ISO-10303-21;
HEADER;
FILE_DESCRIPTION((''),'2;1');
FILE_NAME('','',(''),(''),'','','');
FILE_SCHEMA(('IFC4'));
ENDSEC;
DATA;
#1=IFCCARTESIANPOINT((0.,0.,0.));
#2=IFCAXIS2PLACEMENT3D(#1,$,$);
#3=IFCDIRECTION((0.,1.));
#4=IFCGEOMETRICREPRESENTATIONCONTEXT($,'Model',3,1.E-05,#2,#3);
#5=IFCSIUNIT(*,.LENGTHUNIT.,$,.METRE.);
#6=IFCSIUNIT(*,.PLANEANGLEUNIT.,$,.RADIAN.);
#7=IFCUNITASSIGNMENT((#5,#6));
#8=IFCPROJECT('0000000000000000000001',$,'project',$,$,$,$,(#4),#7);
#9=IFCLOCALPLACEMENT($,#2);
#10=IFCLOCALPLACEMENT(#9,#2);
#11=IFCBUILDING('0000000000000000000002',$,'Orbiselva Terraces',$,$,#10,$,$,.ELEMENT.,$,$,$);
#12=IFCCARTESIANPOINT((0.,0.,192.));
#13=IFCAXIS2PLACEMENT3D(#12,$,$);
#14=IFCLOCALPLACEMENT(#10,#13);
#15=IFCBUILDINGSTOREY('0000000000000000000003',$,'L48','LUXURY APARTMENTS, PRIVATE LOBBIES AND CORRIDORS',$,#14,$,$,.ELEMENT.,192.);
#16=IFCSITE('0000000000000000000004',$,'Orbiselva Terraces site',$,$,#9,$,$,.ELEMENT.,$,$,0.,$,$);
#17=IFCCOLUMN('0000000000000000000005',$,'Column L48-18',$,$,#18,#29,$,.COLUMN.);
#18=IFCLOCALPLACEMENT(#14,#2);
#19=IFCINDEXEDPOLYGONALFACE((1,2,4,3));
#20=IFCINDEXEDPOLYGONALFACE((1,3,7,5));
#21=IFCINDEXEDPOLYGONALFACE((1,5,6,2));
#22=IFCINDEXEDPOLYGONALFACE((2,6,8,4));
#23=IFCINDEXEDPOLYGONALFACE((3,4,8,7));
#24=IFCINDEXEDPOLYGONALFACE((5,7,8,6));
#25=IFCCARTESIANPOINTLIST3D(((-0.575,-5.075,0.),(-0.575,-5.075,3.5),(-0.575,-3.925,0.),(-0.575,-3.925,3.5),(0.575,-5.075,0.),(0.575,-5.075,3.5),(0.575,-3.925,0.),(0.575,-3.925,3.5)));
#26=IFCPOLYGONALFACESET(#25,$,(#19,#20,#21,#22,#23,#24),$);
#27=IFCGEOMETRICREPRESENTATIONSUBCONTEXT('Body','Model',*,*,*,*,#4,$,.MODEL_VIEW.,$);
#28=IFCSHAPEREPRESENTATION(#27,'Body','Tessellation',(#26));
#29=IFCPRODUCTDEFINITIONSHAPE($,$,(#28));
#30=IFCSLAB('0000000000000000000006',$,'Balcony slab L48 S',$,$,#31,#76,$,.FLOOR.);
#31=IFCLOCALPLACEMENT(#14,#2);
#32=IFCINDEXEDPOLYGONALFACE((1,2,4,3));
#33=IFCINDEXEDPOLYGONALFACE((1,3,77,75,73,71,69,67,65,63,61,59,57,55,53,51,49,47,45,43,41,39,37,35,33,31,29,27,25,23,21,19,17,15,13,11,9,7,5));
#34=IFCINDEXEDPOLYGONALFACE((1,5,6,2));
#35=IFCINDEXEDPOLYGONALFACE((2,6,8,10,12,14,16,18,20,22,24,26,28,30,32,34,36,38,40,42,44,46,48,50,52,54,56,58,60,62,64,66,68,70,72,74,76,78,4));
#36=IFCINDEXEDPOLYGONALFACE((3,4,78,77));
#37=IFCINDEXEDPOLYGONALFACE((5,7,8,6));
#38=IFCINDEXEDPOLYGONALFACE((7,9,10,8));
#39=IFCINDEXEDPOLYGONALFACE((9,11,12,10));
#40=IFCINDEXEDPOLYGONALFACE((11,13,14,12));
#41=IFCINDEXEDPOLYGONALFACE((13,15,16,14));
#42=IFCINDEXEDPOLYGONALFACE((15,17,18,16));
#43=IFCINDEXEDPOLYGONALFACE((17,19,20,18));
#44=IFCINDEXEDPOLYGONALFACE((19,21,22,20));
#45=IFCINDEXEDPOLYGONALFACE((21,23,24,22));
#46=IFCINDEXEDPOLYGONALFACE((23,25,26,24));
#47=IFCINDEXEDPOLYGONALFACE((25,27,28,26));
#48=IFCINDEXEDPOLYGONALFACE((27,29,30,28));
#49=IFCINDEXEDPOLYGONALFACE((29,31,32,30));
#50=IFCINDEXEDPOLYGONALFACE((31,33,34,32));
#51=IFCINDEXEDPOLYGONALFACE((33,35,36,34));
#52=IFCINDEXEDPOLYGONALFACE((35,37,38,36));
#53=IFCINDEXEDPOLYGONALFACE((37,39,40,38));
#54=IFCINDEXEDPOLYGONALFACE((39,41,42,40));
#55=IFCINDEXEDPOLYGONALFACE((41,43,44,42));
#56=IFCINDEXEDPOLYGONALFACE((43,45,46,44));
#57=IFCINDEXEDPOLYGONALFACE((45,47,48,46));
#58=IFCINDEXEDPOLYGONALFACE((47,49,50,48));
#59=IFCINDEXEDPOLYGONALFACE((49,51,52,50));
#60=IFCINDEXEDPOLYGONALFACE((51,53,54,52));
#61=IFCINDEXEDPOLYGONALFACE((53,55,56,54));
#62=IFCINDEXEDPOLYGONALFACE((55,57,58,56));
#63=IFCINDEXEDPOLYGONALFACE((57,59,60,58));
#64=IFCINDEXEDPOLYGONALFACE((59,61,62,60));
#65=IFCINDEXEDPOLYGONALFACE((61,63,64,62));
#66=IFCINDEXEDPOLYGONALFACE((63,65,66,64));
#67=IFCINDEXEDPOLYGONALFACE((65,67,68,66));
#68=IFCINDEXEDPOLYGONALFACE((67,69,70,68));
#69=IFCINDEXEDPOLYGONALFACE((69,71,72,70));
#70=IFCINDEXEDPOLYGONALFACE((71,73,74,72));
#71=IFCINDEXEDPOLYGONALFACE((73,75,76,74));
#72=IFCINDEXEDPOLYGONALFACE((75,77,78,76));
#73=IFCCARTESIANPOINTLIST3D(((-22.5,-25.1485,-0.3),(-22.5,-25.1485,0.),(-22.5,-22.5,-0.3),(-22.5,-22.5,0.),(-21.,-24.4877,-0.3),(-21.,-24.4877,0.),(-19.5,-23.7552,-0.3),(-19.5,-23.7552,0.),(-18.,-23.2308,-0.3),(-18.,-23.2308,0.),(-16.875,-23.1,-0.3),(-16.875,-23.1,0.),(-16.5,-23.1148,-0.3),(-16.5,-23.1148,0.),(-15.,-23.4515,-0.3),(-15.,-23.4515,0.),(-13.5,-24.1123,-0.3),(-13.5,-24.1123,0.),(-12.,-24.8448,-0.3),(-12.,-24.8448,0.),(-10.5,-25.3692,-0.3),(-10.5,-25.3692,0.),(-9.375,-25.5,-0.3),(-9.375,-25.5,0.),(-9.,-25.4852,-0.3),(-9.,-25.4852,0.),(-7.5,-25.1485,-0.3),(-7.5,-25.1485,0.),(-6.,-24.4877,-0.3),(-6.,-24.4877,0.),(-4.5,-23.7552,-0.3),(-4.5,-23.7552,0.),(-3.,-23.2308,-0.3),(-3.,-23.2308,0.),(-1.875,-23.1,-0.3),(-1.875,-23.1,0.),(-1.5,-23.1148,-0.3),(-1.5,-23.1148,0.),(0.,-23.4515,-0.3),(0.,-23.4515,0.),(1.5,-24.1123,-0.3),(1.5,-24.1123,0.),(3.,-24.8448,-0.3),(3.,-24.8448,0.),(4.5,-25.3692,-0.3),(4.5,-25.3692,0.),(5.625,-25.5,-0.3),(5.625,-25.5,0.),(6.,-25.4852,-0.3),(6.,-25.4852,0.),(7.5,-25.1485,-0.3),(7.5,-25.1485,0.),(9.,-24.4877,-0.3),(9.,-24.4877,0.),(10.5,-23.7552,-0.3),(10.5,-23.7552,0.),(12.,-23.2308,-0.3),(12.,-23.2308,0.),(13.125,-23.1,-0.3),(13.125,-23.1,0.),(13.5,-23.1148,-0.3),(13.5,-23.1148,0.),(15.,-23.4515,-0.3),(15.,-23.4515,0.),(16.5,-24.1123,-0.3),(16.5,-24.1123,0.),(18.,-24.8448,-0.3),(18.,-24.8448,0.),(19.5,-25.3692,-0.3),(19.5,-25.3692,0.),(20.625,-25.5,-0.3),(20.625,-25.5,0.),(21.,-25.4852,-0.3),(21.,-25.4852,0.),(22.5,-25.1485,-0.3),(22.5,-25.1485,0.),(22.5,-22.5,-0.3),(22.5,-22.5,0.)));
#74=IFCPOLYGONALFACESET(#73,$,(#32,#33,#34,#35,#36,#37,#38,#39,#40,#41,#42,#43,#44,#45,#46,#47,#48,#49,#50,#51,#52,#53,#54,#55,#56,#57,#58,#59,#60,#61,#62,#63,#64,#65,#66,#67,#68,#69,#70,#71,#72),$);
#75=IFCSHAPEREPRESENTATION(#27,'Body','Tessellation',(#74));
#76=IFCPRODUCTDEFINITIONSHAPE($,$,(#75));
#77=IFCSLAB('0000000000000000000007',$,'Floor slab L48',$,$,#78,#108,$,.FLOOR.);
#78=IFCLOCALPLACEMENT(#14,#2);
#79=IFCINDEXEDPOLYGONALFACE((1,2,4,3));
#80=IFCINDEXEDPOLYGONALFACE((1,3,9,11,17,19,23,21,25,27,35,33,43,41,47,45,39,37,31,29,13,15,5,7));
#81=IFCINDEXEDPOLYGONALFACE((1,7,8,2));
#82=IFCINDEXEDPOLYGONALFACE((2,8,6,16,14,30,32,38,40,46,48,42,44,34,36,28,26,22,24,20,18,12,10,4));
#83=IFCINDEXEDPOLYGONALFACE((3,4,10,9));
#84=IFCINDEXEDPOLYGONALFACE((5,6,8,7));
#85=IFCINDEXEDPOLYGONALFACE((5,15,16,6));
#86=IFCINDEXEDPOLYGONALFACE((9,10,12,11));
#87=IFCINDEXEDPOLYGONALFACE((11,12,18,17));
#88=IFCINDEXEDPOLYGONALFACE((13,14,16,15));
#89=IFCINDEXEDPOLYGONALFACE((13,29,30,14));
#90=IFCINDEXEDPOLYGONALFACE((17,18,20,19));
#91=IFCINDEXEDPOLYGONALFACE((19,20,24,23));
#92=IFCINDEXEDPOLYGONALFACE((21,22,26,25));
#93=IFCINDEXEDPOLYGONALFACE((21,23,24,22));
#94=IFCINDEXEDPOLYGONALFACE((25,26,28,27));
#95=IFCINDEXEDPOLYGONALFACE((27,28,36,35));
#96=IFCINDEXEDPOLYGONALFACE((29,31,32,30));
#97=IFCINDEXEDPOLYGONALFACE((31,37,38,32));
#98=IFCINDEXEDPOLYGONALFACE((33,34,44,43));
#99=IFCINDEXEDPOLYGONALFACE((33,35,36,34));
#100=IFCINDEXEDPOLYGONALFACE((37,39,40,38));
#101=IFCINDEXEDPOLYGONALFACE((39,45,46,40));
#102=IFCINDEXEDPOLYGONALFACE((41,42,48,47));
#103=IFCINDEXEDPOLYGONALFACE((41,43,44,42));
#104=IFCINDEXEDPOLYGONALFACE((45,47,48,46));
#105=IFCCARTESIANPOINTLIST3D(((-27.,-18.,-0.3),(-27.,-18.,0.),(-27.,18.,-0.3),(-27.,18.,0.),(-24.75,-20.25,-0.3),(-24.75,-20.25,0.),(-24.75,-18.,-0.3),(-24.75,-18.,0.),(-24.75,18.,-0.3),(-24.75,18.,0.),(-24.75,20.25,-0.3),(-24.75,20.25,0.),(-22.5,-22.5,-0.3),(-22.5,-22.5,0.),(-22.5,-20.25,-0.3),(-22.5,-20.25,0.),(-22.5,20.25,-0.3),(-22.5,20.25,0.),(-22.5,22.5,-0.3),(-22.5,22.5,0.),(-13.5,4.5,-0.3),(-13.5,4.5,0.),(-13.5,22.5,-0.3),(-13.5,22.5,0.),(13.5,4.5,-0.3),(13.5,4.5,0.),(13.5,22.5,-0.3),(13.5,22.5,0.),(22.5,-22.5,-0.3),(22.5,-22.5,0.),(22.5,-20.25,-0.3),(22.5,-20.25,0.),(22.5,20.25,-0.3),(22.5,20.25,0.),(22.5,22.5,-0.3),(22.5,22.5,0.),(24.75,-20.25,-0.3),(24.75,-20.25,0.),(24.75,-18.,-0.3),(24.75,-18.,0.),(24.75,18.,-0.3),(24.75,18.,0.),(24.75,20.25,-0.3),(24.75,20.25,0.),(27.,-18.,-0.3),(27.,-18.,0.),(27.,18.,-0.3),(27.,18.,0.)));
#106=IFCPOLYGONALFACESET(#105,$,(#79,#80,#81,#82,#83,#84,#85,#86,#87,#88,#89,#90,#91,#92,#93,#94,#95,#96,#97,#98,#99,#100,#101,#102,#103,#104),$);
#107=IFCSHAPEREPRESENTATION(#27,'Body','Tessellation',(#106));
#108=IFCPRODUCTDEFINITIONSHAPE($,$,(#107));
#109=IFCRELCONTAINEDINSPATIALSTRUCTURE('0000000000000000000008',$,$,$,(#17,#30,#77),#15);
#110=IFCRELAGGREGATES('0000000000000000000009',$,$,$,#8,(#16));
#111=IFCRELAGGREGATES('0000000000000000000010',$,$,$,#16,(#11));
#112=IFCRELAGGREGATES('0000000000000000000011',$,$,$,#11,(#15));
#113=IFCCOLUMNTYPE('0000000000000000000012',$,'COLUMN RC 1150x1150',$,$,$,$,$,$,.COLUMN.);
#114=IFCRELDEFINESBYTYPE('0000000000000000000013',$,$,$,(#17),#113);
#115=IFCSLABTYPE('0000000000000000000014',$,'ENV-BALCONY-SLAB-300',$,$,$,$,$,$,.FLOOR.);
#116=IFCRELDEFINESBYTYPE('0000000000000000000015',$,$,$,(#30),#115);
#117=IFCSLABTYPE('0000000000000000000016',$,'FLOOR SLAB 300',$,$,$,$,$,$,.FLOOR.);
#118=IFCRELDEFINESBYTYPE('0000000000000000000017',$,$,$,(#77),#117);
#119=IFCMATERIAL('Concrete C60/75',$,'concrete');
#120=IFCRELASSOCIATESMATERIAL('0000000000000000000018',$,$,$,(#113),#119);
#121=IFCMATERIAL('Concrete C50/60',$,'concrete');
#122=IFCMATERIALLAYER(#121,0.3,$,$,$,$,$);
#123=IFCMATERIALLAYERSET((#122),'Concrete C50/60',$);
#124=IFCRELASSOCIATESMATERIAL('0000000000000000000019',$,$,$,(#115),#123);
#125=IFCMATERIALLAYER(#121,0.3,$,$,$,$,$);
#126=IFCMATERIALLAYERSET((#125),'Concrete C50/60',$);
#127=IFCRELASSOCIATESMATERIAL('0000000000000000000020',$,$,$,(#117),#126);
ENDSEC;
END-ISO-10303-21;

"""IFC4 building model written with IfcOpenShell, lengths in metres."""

from ifc_helpers import new_model, si_unit, direction, frame, origin, origin_2d, place, context, subcontext, project, spatial, polyline, rectangle, outline, extrude, material, layer, layer_set, material_profile, profile_set, type_object, element, save


model = new_model("IFC4")

# Units and contexts
model_context = context("Model", 3, precision=1e-05, world=origin(), true_north=direction((0.0, 1.0)))
body_context = subcontext(model_context, "Body", "Model", "MODEL_VIEW")
ifc_project = project(units=[si_unit("LENGTHUNIT", "METRE"), si_unit("PLANEANGLEUNIT", "RADIAN")], contexts=[model_context])

# Site, building, storey
site_placement = place(None, origin())
site = spatial("IfcSite", under=ifc_project, at=site_placement, Name="Orbiselva Terraces site", CompositionType="ELEMENT", RefElevation=0.0)
building_placement = place(site_placement, origin())
building = spatial("IfcBuilding", under=site, at=building_placement, Name="Orbiselva Terraces", CompositionType="ELEMENT")
storey_placement = place(building_placement, frame((0.0, 0.0, 192.0)))
storey = spatial("IfcBuildingStorey", under=building, at=storey_placement, Name="L48", Description="LUXURY APARTMENTS, PRIVATE LOBBIES AND CORRIDORS", CompositionType="ELEMENT", Elevation=192.0)

# Column
ifc_material_1 = material(Name="Concrete C60/75", Category="concrete")
ifc_material_profile = material_profile(ifc_material_1, rectangle(XDim=1.15, YDim=1.15, at=origin_2d()), Name="RC 1150x1150")
ifc_profile_set = profile_set([ifc_material_profile], Name="Concrete C60/75")
column_type = type_object("IfcColumnType", Name="COLUMN RC 1150x1150", PredefinedType="COLUMN", material=ifc_profile_set)
column_placement = place(storey_placement, frame((0.0, -4.5, 0.0), z_axis=(0.0, 0.0, 1.0), x_axis=(1.0, 0.0, 0.0)))
element("IfcColumn", 1, at=column_placement, inside=storey, type_object=column_type, Name="Column L48-18", PredefinedType="COLUMN", context=body_context, shape_type="SweptSolid", body=[
    extrude(rectangle(XDim=1.15, YDim=1.15, at=origin_2d()), origin(), (0.0, 0.0, 1.0), 3.5),
])

# Slabs
ifc_material_2 = material(Name="Concrete C50/60", Category="concrete")
ifc_layer_1 = layer(ifc_material_2, 0.3)
ifc_layer_set_1 = layer_set([ifc_layer_1], Name="Concrete C50/60")
slab_type_1 = type_object("IfcSlabType", Name="ENV-BALCONY-SLAB-300", PredefinedType="FLOOR", material=ifc_layer_set_1)
slab_1_placement = place(storey_placement, frame((0.0, 0.0, -0.3)))
element("IfcSlab", 2, at=slab_1_placement, inside=storey, type_object=slab_type_1, Name="Balcony slab L48 S", PredefinedType="FLOOR", context=body_context, shape_type="SweptSolid", body=[
    extrude(outline(polyline([(-22.5, -25.1485), (-21.0, -24.4877), (-19.5, -23.7552), (-18.0, -23.2308), (-16.875, -23.1), (-16.5, -23.1148), (-15.0, -23.4515), (-13.5, -24.1123), (-12.0, -24.8448), (-10.5, -25.3692), (-9.375, -25.5), (-9.0, -25.4852), (-7.5, -25.1485), (-6.0, -24.4877), (-4.5, -23.7552), (-3.0, -23.2308), (-1.875, -23.1), (-1.5, -23.1148), (0.0, -23.4515), (1.5, -24.1123), (3.0, -24.8448), (4.5, -25.3692), (5.625, -25.5), (6.0, -25.4852), (7.5, -25.1485), (9.0, -24.4877), (10.5, -23.7552), (12.0, -23.2308), (13.125, -23.1), (13.5, -23.1148), (15.0, -23.4515), (16.5, -24.1123), (18.0, -24.8448), (19.5, -25.3692), (20.625, -25.5), (21.0, -25.4852), (22.5, -25.1485), (22.5, -22.5), (-22.5, -22.5), (-22.5, -25.1485)])), origin(), (0.0, 0.0, 1.0), 0.3),
])
ifc_layer_2 = layer(ifc_material_2, 0.3)
ifc_layer_set_2 = layer_set([ifc_layer_2], Name="Concrete C50/60")
slab_type_2 = type_object("IfcSlabType", Name="FLOOR SLAB 300", PredefinedType="FLOOR", material=ifc_layer_set_2)
slab_2_placement = place(storey_placement, frame((0.0, 0.0, -0.3)))
element("IfcSlab", 3, at=slab_2_placement, inside=storey, type_object=slab_type_2, Name="Floor slab L48", PredefinedType="FLOOR", context=body_context, shape_type="SweptSolid", body=[
    extrude(outline(polyline([(22.5, 22.5), (22.5, 20.25), (24.75, 20.25), (24.75, 18.0), (27.0, 18.0), (27.0, -18.0), (24.75, -18.0), (24.75, -20.25), (22.5, -20.25), (22.5, -22.5), (-22.5, -22.5), (-22.5, -20.25), (-24.75, -20.25), (-24.75, -18.0), (-27.0, -18.0), (-27.0, 18.0), (-24.75, 18.0), (-24.75, 20.25), (-22.5, 20.25), (-22.5, 22.5), (-13.5, 22.5), (-13.5, 4.5), (13.5, 4.5), (13.5, 22.5), (22.5, 22.5)])), origin(), (0.0, 0.0, 1.0), 0.3),
])

save(model, "model.ifc")
